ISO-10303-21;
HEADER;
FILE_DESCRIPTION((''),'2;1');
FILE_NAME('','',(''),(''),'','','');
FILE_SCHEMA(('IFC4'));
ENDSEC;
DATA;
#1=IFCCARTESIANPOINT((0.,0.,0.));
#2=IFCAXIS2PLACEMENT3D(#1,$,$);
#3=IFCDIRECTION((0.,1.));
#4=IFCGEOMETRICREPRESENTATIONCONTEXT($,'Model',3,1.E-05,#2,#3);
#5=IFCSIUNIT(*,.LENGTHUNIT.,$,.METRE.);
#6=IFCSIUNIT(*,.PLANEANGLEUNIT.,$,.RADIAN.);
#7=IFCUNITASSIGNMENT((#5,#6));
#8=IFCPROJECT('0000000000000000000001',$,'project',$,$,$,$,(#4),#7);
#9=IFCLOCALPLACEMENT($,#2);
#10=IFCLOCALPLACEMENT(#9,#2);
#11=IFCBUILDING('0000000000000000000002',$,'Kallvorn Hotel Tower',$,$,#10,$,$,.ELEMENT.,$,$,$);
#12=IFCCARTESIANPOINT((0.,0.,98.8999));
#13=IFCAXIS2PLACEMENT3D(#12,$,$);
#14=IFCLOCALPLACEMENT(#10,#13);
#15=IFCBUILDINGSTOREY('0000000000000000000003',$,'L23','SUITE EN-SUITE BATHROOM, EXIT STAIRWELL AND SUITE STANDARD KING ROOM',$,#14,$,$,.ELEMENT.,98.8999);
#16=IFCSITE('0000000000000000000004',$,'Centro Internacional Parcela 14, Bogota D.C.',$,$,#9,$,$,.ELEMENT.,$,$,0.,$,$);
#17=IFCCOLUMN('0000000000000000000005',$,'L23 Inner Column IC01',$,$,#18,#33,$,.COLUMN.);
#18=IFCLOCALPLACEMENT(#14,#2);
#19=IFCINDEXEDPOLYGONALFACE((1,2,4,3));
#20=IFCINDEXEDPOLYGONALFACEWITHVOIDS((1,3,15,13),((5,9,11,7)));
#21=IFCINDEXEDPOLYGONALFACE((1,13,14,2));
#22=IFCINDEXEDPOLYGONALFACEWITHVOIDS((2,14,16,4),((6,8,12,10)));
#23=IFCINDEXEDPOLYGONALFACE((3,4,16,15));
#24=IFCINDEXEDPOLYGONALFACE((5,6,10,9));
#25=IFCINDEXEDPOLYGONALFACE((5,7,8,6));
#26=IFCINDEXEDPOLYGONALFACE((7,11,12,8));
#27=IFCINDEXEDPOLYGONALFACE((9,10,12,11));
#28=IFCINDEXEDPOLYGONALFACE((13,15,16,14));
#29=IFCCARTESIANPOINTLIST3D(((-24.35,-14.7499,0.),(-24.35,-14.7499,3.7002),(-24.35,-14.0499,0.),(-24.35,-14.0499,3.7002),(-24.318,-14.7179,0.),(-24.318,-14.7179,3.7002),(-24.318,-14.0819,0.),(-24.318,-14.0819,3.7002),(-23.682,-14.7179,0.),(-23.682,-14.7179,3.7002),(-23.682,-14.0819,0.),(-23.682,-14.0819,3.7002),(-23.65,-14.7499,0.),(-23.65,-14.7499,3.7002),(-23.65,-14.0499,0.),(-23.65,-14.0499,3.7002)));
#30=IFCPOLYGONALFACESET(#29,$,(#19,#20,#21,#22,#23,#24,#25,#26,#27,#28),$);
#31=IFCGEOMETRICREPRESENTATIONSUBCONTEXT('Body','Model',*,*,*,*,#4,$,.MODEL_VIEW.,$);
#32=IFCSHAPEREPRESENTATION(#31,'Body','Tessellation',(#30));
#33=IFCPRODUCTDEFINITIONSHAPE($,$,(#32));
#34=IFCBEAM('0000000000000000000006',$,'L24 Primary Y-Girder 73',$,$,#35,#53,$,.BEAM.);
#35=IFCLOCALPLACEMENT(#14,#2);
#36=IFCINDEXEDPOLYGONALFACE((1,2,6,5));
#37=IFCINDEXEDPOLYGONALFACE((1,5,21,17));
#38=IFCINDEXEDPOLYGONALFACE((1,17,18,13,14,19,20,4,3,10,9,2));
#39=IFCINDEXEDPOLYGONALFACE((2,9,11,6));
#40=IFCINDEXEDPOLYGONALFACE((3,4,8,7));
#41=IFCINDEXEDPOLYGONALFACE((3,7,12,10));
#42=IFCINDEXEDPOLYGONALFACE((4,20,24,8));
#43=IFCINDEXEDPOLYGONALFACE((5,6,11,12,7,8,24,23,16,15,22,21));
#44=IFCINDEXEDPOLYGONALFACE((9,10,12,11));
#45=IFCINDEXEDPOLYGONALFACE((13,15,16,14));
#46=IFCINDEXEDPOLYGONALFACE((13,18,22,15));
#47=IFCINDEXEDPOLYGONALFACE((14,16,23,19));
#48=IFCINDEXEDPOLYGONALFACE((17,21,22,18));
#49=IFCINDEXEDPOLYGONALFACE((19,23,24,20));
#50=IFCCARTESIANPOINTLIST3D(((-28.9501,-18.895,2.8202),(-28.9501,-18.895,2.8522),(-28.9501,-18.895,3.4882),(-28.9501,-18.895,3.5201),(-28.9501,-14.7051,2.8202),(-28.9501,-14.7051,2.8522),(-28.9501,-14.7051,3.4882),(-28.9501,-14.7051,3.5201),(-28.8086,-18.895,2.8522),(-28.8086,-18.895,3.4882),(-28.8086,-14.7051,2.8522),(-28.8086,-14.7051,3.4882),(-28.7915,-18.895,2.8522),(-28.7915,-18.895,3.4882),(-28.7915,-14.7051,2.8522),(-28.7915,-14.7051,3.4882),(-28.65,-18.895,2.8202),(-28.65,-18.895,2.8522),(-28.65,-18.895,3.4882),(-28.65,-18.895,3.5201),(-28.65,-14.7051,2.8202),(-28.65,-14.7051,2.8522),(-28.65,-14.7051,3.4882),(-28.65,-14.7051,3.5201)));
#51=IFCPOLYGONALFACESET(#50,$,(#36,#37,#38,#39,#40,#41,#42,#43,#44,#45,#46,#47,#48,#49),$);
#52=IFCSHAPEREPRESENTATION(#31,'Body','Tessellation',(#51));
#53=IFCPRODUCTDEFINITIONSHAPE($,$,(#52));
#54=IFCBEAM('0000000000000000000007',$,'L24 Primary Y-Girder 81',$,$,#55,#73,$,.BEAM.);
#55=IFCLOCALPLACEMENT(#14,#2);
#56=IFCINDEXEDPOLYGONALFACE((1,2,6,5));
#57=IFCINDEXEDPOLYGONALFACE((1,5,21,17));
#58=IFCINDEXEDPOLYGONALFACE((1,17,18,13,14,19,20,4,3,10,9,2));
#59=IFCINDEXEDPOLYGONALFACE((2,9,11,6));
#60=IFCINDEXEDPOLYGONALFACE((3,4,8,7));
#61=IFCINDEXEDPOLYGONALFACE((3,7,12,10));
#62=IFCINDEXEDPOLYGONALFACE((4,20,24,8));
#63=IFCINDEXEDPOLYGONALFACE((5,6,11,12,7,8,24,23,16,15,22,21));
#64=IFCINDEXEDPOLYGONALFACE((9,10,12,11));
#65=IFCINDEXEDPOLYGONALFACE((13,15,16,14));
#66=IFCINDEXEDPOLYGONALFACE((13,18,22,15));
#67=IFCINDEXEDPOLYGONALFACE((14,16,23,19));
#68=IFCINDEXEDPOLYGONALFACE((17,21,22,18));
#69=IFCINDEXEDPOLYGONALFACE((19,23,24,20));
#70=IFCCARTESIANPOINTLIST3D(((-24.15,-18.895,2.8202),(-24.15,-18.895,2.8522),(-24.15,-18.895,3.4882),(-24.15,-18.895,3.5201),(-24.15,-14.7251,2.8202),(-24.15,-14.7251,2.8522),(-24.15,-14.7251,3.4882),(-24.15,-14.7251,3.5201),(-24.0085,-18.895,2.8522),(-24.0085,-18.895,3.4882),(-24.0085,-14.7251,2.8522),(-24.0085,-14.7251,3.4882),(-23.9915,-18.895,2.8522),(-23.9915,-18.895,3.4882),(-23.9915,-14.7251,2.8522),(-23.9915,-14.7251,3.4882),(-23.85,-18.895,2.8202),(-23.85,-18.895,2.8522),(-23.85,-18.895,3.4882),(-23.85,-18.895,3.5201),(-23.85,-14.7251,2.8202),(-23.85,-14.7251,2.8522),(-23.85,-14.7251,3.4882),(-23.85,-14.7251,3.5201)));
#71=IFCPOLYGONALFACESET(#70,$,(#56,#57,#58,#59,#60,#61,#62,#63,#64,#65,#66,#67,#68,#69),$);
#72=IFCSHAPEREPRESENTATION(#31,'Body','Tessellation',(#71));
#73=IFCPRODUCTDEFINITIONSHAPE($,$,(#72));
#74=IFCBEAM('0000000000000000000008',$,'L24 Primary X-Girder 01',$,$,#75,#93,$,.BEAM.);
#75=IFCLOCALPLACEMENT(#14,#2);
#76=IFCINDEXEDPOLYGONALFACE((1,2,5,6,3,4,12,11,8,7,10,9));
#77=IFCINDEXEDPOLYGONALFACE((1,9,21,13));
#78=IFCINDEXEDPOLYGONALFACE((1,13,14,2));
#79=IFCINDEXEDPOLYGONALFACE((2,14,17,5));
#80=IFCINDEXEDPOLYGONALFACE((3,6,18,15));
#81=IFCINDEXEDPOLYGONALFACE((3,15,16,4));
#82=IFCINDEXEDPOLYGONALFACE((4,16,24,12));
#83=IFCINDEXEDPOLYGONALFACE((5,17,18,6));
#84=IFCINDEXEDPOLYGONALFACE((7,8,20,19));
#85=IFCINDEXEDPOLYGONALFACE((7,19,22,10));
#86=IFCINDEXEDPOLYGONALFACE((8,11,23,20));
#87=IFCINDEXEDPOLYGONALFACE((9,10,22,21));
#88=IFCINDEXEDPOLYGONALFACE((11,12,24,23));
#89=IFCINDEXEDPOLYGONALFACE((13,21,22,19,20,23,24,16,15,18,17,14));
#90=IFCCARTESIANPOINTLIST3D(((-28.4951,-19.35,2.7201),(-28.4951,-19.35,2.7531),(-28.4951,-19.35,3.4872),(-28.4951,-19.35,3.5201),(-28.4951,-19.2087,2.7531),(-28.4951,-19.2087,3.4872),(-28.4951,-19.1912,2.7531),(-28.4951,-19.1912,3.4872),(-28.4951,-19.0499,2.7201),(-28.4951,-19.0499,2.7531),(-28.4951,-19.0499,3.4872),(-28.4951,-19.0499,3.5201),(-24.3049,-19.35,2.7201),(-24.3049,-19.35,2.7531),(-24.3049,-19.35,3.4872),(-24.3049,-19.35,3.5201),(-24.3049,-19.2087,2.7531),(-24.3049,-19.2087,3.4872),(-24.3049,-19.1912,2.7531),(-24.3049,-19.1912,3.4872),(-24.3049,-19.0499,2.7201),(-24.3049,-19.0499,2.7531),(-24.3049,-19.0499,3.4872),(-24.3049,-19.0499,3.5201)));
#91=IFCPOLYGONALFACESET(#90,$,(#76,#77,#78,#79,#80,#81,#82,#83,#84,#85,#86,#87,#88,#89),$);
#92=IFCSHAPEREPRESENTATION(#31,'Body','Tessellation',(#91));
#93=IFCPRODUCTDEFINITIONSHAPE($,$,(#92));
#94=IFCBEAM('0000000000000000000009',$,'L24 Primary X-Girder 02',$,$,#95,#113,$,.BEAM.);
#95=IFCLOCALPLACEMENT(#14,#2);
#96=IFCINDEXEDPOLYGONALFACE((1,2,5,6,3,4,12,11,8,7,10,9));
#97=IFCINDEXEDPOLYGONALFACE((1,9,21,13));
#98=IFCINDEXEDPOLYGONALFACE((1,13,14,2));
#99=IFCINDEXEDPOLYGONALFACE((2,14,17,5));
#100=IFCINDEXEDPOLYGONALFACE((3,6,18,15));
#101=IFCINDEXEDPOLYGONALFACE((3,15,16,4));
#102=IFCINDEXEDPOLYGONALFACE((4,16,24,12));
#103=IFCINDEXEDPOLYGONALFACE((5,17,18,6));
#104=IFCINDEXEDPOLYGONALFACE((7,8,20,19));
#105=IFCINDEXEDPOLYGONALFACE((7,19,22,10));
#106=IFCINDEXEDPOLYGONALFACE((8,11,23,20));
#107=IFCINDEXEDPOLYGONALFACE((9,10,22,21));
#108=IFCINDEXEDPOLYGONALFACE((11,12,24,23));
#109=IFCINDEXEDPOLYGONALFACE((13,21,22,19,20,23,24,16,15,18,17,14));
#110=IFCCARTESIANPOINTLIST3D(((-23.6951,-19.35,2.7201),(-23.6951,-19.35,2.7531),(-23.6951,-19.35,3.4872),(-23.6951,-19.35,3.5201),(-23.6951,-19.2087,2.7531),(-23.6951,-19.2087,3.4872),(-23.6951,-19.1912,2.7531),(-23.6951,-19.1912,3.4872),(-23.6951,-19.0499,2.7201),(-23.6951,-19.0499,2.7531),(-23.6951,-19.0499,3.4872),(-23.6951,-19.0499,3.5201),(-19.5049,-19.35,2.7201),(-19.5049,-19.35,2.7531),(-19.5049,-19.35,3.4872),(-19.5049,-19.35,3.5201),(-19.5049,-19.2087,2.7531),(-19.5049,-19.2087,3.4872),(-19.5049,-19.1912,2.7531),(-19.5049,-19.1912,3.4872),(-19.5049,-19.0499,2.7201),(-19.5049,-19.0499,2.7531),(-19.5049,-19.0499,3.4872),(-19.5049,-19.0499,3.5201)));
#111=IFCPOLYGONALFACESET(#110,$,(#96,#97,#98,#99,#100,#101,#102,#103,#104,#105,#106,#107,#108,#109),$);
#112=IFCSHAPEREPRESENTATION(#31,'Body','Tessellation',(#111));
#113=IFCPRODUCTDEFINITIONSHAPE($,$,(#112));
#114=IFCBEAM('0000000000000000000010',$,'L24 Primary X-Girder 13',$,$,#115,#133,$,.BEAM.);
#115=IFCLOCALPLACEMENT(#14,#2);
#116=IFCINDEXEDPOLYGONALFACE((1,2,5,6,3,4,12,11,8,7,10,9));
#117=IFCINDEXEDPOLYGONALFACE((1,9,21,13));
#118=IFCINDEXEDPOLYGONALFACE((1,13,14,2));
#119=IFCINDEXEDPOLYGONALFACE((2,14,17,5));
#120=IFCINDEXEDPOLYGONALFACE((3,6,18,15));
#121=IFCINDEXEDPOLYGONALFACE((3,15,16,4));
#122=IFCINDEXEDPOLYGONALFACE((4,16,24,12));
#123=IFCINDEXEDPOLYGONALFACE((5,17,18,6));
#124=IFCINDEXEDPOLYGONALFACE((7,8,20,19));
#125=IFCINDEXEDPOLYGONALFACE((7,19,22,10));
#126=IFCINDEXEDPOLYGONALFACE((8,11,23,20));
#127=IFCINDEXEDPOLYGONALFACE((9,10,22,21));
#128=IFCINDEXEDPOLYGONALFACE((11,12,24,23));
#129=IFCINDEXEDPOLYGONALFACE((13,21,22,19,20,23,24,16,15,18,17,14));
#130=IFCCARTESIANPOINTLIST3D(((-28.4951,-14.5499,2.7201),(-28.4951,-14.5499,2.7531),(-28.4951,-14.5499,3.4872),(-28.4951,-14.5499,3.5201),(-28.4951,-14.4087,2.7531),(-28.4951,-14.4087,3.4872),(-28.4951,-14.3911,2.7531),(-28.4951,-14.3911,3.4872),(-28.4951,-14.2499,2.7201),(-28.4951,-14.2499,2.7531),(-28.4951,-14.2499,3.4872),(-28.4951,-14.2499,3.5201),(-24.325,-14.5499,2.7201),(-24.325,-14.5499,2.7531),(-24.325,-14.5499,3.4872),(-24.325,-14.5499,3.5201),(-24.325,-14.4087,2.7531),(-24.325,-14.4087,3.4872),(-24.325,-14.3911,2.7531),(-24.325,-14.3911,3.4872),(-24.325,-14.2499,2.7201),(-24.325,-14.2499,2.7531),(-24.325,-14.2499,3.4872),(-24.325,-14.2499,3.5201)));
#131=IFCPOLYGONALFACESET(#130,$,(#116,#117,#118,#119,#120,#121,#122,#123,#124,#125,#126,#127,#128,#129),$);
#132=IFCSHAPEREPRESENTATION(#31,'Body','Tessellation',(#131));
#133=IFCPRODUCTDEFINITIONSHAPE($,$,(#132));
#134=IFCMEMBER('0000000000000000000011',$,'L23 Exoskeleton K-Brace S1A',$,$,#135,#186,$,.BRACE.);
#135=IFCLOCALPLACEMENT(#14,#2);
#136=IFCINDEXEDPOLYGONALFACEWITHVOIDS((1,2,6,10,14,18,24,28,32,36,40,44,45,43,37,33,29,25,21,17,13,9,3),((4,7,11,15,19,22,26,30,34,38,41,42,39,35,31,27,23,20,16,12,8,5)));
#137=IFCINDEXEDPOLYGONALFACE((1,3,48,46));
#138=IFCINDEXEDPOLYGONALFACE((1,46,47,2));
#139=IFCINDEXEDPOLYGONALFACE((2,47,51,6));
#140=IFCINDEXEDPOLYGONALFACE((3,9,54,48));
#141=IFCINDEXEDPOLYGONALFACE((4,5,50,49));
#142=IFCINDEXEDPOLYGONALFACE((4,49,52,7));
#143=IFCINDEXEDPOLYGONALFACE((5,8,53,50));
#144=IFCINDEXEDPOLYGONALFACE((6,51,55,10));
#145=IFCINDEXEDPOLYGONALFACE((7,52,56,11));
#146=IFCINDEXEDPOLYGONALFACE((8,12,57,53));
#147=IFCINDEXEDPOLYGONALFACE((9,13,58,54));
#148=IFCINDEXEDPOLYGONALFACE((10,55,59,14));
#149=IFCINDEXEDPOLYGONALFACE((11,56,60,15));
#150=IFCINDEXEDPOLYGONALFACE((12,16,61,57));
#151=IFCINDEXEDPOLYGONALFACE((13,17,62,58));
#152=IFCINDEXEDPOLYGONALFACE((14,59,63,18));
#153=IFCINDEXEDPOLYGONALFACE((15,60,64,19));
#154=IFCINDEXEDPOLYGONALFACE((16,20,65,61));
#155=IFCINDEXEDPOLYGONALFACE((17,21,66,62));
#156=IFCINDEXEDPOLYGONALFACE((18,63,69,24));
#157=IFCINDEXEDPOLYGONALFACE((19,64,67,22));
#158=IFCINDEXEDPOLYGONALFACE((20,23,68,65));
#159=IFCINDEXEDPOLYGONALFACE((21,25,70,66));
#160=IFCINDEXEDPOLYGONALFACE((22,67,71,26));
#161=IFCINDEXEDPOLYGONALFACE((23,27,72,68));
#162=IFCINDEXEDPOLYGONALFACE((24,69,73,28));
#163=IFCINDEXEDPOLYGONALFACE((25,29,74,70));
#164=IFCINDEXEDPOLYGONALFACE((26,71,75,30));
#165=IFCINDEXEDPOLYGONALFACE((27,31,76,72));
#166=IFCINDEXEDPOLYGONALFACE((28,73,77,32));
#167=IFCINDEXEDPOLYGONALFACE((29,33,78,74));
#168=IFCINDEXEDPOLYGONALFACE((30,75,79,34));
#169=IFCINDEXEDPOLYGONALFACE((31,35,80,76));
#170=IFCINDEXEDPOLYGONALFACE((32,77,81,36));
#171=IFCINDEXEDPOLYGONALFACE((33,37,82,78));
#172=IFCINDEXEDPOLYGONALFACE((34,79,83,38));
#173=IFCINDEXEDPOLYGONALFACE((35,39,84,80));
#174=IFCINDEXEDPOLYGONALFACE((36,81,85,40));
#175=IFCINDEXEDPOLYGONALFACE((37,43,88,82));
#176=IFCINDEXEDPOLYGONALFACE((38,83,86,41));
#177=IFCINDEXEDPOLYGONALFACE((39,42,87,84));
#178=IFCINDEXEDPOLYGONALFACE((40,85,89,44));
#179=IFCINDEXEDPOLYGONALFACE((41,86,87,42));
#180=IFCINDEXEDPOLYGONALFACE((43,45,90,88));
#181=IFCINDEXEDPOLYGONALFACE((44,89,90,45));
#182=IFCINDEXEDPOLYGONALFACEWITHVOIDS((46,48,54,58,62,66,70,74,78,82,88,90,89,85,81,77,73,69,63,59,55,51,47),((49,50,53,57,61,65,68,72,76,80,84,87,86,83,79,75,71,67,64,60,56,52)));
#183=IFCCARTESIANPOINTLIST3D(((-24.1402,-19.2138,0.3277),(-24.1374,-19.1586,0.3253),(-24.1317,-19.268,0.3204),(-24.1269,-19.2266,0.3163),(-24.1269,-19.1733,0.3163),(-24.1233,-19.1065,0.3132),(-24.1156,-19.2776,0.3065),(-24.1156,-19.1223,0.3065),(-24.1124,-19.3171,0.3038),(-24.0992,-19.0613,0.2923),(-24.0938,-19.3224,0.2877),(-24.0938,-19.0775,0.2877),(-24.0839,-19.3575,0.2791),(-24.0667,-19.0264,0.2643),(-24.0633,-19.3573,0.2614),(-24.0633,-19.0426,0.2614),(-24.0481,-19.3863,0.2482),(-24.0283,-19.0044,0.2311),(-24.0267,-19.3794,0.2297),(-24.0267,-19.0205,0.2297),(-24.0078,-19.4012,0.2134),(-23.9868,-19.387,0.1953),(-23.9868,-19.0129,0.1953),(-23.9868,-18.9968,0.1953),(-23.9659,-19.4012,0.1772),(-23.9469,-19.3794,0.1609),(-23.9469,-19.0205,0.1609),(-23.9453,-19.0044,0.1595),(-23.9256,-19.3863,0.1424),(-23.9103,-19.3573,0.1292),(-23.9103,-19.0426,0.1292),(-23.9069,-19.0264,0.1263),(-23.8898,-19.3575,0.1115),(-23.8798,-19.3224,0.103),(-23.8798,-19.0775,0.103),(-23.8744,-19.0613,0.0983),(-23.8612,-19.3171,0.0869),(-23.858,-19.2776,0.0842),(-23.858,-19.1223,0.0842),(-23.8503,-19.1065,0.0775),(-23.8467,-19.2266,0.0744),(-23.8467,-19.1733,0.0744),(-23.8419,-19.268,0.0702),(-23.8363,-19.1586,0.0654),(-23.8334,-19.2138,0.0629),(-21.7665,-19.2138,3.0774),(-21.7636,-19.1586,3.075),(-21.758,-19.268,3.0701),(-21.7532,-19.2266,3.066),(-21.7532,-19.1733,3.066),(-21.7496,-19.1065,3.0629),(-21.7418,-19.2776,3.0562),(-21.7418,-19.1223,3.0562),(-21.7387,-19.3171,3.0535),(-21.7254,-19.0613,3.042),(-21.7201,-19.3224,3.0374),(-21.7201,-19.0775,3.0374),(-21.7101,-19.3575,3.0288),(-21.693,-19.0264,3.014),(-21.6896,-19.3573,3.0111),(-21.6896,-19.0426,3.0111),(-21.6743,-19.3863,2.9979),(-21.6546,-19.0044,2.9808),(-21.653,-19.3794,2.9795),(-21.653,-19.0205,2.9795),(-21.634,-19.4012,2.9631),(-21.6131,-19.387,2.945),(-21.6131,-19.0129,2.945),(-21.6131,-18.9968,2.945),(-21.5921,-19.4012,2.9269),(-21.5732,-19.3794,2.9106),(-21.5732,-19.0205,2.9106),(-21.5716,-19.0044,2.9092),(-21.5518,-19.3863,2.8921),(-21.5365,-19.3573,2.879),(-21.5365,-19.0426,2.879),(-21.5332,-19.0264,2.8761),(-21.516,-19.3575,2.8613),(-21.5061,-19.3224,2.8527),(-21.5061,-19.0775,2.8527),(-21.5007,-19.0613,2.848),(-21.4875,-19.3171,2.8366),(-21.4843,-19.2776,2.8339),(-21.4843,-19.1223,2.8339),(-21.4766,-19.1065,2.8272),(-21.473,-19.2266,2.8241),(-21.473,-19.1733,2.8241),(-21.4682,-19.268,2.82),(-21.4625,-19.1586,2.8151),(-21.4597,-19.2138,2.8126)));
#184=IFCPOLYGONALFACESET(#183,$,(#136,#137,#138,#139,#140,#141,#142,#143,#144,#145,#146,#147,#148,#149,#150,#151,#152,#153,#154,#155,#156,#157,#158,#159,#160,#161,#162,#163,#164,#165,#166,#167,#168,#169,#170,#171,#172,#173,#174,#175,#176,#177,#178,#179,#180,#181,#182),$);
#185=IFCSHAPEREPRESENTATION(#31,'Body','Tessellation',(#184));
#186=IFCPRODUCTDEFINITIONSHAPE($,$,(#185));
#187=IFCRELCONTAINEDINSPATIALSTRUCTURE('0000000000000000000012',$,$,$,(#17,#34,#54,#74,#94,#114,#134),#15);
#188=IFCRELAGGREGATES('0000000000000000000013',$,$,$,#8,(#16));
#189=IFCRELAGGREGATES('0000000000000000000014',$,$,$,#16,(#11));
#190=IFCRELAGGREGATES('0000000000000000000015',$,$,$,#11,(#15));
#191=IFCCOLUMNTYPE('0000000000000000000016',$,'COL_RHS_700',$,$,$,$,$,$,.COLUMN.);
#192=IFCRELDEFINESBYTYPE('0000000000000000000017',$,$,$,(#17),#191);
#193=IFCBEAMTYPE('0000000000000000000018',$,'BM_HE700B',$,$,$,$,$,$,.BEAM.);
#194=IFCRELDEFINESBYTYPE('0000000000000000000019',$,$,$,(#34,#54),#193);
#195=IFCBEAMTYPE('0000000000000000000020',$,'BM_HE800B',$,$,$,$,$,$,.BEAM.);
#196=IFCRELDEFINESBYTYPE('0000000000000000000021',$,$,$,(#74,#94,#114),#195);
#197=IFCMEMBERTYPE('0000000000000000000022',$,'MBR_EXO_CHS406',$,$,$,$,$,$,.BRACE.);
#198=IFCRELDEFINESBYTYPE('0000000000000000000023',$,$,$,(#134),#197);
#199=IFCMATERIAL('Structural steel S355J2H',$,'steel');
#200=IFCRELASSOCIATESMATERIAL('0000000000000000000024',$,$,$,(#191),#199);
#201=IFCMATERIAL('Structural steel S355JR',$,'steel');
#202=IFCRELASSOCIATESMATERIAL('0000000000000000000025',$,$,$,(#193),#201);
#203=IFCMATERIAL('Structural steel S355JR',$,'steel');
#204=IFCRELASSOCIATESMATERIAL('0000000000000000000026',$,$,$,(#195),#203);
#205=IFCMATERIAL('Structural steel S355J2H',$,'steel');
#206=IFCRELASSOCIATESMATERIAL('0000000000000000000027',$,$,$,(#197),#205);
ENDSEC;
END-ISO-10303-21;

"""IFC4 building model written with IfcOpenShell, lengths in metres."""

from ifc_helpers import new_model, si_unit, direction, frame, origin, origin_2d, place, context, subcontext, project, spatial, hollow_rectangle, hollow_circle, i_section, extrude, material, material_profile, profile_set, type_object, element, save


model = new_model("IFC4")

# Units and contexts
model_context = context("Model", 3, precision=1e-05, world=origin(), true_north=direction((0.0, 1.0)))
body_context = subcontext(model_context, "Body", "Model", "MODEL_VIEW")
ifc_project = project(units=[si_unit("LENGTHUNIT", "METRE"), si_unit("PLANEANGLEUNIT", "RADIAN")], contexts=[model_context])

# Site, building, storey
site_placement = place(None, origin())
site = spatial("IfcSite", under=ifc_project, at=site_placement, Name="Centro Internacional Parcela 14, Bogota D.C.", CompositionType="ELEMENT", RefElevation=0.0)
building_placement = place(site_placement, origin())
building = spatial("IfcBuilding", under=site, at=building_placement, Name="Kallvorn Hotel Tower", CompositionType="ELEMENT")
storey_placement = place(building_placement, frame((0.0, 0.0, 98.8999)))
storey = spatial("IfcBuildingStorey", under=building, at=storey_placement, Name="L23", Description="SUITE EN-SUITE BATHROOM, EXIT STAIRWELL AND SUITE STANDARD KING ROOM", CompositionType="ELEMENT", Elevation=98.8999)

# Column
ifc_material_1 = material(Name="Structural steel S355J2H", Category="steel")
ifc_material_profile_1 = material_profile(ifc_material_1, hollow_rectangle(XDim=0.7, YDim=0.7, WallThickness=0.032, at=origin_2d()), Name="RHS 700x700x32")
ifc_profile_set_1 = profile_set([ifc_material_profile_1], Name="Structural steel S355J2H")
column_type_1 = type_object("IfcColumnType", Name="COL_RHS_700", PredefinedType="COLUMN", material=ifc_profile_set_1)
column_placement = place(storey_placement, frame((-24.0, -14.3999, 0.0), z_axis=(0.0, 0.0, 1.0), x_axis=(1.0, 0.0, 0.0)))
element("IfcColumn", 1, at=column_placement, inside=storey, type_object=column_type_1, Name="L23 Inner Column IC01", PredefinedType="COLUMN", context=body_context, shape_type="SweptSolid", body=[
    extrude(hollow_rectangle(XDim=0.7, YDim=0.7, WallThickness=0.032, at=origin_2d()), origin(), (0.0, 0.0, 1.0), 3.7002),
])

# Beams
ifc_material_2 = material(Name="Structural steel S355JR", Category="steel")
ifc_material_profile_2 = material_profile(ifc_material_2, i_section(OverallWidth=0.3, OverallDepth=0.7, WebThickness=0.0171, FlangeThickness=0.032, at=origin_2d()), Name="HE 700 B")
ifc_profile_set_2 = profile_set([ifc_material_profile_2], Name="Structural steel S355JR")
beam_type_1 = type_object("IfcBeamType", Name="BM_HE700B", PredefinedType="BEAM", material=ifc_profile_set_2)
beam_1_placement = place(storey_placement, frame((-28.8, -18.895, 3.1702), z_axis=(0.0, 1.0, 0.0), x_axis=(-1.0, 0.0, 0.0)))
element("IfcBeam", 2, at=beam_1_placement, inside=storey, type_object=beam_type_1, Name="L24 Primary Y-Girder 73", PredefinedType="BEAM", context=body_context, shape_type="SweptSolid", body=[
    extrude(i_section(OverallWidth=0.3, OverallDepth=0.7, WebThickness=0.0171, FlangeThickness=0.032, at=origin_2d()), origin(), (0.0, 0.0, 1.0), 4.1899),
])
beam_2_placement = place(storey_placement, frame((-24.0, -18.895, 3.1702), z_axis=(0.0, 1.0, 0.0), x_axis=(-1.0, 0.0, 0.0)))
element("IfcBeam", 3, at=beam_2_placement, inside=storey, type_object=beam_type_1, Name="L24 Primary Y-Girder 81", PredefinedType="BEAM", context=body_context, shape_type="SweptSolid", body=[
    extrude(i_section(OverallWidth=0.3, OverallDepth=0.7, WebThickness=0.0171, FlangeThickness=0.032, at=origin_2d()), origin(), (0.0, 0.0, 1.0), 4.1699),
])
ifc_material_3 = material(Name="Structural steel S355JR", Category="steel")
ifc_material_profile_3 = material_profile(ifc_material_3, i_section(OverallWidth=0.3, OverallDepth=0.8, WebThickness=0.0176, FlangeThickness=0.033, at=origin_2d()), Name="HE 800 B")
ifc_profile_set_3 = profile_set([ifc_material_profile_3], Name="Structural steel S355JR")
beam_type_2 = type_object("IfcBeamType", Name="BM_HE800B", PredefinedType="BEAM", material=ifc_profile_set_3)
for number, where, z_axis, x_axis, name in (
    (4, (-28.4951, -19.2, 3.1201), (1.0, 0.0, 0.0), (0.0, 1.0, 0.0), "L24 Primary X-Girder 01"),
    (5, (-23.6951, -19.2, 3.1201), (1.0, 0.0, 0.0), (0.0, 1.0, 0.0), "L24 Primary X-Girder 02"),
):
    element("IfcBeam", number, at=place(storey_placement, frame(where, z_axis=z_axis, x_axis=x_axis)), inside=storey, type_object=beam_type_2, Name=name, PredefinedType="BEAM", context=body_context, shape_type="SweptSolid", body=[
        extrude(i_section(OverallWidth=0.3, OverallDepth=0.8, WebThickness=0.0176, FlangeThickness=0.033, at=origin_2d()), origin(), (0.0, 0.0, 1.0), 4.1902),
    ])
beam_3_placement = place(storey_placement, frame((-28.4951, -14.3999, 3.1201), z_axis=(1.0, 0.0, 0.0), x_axis=(0.0, 1.0, 0.0)))
element("IfcBeam", 6, at=beam_3_placement, inside=storey, type_object=beam_type_2, Name="L24 Primary X-Girder 13", PredefinedType="BEAM", context=body_context, shape_type="SweptSolid", body=[
    extrude(i_section(OverallWidth=0.3, OverallDepth=0.8, WebThickness=0.0176, FlangeThickness=0.033, at=origin_2d()), origin(), (0.0, 0.0, 1.0), 4.1702),
])

# Member
ifc_material_4 = material(Name="Structural steel S355J2H", Category="steel")
ifc_material_profile_4 = material_profile(ifc_material_4, hollow_circle(Radius=0.2031, WallThickness=0.0161, at=origin_2d()), Name="CHS 406.4x16")
ifc_profile_set_4 = profile_set([ifc_material_profile_4], Name="Structural steel S355J2H")
member_type = type_object("IfcMemberType", Name="MBR_EXO_CHS406", PredefinedType="BRACE", material=ifc_profile_set_4)
member_placement = place(storey_placement, frame((-23.9868, -19.2, 0.1953), z_axis=(0.653461, 0.0, 0.756961), x_axis=(0.0, 1.0, 0.0)))
element("IfcMember", 7, at=member_placement, inside=storey, type_object=member_type, Name="L23 Exoskeleton K-Brace S1A", PredefinedType="BRACE", context=body_context, shape_type="SweptSolid", body=[
    extrude(hollow_circle(Radius=0.2031, WallThickness=0.0161, at=origin_2d()), origin(), (0.0, 0.0, 1.0), 3.6326),
])

save(model, "model.ifc")
